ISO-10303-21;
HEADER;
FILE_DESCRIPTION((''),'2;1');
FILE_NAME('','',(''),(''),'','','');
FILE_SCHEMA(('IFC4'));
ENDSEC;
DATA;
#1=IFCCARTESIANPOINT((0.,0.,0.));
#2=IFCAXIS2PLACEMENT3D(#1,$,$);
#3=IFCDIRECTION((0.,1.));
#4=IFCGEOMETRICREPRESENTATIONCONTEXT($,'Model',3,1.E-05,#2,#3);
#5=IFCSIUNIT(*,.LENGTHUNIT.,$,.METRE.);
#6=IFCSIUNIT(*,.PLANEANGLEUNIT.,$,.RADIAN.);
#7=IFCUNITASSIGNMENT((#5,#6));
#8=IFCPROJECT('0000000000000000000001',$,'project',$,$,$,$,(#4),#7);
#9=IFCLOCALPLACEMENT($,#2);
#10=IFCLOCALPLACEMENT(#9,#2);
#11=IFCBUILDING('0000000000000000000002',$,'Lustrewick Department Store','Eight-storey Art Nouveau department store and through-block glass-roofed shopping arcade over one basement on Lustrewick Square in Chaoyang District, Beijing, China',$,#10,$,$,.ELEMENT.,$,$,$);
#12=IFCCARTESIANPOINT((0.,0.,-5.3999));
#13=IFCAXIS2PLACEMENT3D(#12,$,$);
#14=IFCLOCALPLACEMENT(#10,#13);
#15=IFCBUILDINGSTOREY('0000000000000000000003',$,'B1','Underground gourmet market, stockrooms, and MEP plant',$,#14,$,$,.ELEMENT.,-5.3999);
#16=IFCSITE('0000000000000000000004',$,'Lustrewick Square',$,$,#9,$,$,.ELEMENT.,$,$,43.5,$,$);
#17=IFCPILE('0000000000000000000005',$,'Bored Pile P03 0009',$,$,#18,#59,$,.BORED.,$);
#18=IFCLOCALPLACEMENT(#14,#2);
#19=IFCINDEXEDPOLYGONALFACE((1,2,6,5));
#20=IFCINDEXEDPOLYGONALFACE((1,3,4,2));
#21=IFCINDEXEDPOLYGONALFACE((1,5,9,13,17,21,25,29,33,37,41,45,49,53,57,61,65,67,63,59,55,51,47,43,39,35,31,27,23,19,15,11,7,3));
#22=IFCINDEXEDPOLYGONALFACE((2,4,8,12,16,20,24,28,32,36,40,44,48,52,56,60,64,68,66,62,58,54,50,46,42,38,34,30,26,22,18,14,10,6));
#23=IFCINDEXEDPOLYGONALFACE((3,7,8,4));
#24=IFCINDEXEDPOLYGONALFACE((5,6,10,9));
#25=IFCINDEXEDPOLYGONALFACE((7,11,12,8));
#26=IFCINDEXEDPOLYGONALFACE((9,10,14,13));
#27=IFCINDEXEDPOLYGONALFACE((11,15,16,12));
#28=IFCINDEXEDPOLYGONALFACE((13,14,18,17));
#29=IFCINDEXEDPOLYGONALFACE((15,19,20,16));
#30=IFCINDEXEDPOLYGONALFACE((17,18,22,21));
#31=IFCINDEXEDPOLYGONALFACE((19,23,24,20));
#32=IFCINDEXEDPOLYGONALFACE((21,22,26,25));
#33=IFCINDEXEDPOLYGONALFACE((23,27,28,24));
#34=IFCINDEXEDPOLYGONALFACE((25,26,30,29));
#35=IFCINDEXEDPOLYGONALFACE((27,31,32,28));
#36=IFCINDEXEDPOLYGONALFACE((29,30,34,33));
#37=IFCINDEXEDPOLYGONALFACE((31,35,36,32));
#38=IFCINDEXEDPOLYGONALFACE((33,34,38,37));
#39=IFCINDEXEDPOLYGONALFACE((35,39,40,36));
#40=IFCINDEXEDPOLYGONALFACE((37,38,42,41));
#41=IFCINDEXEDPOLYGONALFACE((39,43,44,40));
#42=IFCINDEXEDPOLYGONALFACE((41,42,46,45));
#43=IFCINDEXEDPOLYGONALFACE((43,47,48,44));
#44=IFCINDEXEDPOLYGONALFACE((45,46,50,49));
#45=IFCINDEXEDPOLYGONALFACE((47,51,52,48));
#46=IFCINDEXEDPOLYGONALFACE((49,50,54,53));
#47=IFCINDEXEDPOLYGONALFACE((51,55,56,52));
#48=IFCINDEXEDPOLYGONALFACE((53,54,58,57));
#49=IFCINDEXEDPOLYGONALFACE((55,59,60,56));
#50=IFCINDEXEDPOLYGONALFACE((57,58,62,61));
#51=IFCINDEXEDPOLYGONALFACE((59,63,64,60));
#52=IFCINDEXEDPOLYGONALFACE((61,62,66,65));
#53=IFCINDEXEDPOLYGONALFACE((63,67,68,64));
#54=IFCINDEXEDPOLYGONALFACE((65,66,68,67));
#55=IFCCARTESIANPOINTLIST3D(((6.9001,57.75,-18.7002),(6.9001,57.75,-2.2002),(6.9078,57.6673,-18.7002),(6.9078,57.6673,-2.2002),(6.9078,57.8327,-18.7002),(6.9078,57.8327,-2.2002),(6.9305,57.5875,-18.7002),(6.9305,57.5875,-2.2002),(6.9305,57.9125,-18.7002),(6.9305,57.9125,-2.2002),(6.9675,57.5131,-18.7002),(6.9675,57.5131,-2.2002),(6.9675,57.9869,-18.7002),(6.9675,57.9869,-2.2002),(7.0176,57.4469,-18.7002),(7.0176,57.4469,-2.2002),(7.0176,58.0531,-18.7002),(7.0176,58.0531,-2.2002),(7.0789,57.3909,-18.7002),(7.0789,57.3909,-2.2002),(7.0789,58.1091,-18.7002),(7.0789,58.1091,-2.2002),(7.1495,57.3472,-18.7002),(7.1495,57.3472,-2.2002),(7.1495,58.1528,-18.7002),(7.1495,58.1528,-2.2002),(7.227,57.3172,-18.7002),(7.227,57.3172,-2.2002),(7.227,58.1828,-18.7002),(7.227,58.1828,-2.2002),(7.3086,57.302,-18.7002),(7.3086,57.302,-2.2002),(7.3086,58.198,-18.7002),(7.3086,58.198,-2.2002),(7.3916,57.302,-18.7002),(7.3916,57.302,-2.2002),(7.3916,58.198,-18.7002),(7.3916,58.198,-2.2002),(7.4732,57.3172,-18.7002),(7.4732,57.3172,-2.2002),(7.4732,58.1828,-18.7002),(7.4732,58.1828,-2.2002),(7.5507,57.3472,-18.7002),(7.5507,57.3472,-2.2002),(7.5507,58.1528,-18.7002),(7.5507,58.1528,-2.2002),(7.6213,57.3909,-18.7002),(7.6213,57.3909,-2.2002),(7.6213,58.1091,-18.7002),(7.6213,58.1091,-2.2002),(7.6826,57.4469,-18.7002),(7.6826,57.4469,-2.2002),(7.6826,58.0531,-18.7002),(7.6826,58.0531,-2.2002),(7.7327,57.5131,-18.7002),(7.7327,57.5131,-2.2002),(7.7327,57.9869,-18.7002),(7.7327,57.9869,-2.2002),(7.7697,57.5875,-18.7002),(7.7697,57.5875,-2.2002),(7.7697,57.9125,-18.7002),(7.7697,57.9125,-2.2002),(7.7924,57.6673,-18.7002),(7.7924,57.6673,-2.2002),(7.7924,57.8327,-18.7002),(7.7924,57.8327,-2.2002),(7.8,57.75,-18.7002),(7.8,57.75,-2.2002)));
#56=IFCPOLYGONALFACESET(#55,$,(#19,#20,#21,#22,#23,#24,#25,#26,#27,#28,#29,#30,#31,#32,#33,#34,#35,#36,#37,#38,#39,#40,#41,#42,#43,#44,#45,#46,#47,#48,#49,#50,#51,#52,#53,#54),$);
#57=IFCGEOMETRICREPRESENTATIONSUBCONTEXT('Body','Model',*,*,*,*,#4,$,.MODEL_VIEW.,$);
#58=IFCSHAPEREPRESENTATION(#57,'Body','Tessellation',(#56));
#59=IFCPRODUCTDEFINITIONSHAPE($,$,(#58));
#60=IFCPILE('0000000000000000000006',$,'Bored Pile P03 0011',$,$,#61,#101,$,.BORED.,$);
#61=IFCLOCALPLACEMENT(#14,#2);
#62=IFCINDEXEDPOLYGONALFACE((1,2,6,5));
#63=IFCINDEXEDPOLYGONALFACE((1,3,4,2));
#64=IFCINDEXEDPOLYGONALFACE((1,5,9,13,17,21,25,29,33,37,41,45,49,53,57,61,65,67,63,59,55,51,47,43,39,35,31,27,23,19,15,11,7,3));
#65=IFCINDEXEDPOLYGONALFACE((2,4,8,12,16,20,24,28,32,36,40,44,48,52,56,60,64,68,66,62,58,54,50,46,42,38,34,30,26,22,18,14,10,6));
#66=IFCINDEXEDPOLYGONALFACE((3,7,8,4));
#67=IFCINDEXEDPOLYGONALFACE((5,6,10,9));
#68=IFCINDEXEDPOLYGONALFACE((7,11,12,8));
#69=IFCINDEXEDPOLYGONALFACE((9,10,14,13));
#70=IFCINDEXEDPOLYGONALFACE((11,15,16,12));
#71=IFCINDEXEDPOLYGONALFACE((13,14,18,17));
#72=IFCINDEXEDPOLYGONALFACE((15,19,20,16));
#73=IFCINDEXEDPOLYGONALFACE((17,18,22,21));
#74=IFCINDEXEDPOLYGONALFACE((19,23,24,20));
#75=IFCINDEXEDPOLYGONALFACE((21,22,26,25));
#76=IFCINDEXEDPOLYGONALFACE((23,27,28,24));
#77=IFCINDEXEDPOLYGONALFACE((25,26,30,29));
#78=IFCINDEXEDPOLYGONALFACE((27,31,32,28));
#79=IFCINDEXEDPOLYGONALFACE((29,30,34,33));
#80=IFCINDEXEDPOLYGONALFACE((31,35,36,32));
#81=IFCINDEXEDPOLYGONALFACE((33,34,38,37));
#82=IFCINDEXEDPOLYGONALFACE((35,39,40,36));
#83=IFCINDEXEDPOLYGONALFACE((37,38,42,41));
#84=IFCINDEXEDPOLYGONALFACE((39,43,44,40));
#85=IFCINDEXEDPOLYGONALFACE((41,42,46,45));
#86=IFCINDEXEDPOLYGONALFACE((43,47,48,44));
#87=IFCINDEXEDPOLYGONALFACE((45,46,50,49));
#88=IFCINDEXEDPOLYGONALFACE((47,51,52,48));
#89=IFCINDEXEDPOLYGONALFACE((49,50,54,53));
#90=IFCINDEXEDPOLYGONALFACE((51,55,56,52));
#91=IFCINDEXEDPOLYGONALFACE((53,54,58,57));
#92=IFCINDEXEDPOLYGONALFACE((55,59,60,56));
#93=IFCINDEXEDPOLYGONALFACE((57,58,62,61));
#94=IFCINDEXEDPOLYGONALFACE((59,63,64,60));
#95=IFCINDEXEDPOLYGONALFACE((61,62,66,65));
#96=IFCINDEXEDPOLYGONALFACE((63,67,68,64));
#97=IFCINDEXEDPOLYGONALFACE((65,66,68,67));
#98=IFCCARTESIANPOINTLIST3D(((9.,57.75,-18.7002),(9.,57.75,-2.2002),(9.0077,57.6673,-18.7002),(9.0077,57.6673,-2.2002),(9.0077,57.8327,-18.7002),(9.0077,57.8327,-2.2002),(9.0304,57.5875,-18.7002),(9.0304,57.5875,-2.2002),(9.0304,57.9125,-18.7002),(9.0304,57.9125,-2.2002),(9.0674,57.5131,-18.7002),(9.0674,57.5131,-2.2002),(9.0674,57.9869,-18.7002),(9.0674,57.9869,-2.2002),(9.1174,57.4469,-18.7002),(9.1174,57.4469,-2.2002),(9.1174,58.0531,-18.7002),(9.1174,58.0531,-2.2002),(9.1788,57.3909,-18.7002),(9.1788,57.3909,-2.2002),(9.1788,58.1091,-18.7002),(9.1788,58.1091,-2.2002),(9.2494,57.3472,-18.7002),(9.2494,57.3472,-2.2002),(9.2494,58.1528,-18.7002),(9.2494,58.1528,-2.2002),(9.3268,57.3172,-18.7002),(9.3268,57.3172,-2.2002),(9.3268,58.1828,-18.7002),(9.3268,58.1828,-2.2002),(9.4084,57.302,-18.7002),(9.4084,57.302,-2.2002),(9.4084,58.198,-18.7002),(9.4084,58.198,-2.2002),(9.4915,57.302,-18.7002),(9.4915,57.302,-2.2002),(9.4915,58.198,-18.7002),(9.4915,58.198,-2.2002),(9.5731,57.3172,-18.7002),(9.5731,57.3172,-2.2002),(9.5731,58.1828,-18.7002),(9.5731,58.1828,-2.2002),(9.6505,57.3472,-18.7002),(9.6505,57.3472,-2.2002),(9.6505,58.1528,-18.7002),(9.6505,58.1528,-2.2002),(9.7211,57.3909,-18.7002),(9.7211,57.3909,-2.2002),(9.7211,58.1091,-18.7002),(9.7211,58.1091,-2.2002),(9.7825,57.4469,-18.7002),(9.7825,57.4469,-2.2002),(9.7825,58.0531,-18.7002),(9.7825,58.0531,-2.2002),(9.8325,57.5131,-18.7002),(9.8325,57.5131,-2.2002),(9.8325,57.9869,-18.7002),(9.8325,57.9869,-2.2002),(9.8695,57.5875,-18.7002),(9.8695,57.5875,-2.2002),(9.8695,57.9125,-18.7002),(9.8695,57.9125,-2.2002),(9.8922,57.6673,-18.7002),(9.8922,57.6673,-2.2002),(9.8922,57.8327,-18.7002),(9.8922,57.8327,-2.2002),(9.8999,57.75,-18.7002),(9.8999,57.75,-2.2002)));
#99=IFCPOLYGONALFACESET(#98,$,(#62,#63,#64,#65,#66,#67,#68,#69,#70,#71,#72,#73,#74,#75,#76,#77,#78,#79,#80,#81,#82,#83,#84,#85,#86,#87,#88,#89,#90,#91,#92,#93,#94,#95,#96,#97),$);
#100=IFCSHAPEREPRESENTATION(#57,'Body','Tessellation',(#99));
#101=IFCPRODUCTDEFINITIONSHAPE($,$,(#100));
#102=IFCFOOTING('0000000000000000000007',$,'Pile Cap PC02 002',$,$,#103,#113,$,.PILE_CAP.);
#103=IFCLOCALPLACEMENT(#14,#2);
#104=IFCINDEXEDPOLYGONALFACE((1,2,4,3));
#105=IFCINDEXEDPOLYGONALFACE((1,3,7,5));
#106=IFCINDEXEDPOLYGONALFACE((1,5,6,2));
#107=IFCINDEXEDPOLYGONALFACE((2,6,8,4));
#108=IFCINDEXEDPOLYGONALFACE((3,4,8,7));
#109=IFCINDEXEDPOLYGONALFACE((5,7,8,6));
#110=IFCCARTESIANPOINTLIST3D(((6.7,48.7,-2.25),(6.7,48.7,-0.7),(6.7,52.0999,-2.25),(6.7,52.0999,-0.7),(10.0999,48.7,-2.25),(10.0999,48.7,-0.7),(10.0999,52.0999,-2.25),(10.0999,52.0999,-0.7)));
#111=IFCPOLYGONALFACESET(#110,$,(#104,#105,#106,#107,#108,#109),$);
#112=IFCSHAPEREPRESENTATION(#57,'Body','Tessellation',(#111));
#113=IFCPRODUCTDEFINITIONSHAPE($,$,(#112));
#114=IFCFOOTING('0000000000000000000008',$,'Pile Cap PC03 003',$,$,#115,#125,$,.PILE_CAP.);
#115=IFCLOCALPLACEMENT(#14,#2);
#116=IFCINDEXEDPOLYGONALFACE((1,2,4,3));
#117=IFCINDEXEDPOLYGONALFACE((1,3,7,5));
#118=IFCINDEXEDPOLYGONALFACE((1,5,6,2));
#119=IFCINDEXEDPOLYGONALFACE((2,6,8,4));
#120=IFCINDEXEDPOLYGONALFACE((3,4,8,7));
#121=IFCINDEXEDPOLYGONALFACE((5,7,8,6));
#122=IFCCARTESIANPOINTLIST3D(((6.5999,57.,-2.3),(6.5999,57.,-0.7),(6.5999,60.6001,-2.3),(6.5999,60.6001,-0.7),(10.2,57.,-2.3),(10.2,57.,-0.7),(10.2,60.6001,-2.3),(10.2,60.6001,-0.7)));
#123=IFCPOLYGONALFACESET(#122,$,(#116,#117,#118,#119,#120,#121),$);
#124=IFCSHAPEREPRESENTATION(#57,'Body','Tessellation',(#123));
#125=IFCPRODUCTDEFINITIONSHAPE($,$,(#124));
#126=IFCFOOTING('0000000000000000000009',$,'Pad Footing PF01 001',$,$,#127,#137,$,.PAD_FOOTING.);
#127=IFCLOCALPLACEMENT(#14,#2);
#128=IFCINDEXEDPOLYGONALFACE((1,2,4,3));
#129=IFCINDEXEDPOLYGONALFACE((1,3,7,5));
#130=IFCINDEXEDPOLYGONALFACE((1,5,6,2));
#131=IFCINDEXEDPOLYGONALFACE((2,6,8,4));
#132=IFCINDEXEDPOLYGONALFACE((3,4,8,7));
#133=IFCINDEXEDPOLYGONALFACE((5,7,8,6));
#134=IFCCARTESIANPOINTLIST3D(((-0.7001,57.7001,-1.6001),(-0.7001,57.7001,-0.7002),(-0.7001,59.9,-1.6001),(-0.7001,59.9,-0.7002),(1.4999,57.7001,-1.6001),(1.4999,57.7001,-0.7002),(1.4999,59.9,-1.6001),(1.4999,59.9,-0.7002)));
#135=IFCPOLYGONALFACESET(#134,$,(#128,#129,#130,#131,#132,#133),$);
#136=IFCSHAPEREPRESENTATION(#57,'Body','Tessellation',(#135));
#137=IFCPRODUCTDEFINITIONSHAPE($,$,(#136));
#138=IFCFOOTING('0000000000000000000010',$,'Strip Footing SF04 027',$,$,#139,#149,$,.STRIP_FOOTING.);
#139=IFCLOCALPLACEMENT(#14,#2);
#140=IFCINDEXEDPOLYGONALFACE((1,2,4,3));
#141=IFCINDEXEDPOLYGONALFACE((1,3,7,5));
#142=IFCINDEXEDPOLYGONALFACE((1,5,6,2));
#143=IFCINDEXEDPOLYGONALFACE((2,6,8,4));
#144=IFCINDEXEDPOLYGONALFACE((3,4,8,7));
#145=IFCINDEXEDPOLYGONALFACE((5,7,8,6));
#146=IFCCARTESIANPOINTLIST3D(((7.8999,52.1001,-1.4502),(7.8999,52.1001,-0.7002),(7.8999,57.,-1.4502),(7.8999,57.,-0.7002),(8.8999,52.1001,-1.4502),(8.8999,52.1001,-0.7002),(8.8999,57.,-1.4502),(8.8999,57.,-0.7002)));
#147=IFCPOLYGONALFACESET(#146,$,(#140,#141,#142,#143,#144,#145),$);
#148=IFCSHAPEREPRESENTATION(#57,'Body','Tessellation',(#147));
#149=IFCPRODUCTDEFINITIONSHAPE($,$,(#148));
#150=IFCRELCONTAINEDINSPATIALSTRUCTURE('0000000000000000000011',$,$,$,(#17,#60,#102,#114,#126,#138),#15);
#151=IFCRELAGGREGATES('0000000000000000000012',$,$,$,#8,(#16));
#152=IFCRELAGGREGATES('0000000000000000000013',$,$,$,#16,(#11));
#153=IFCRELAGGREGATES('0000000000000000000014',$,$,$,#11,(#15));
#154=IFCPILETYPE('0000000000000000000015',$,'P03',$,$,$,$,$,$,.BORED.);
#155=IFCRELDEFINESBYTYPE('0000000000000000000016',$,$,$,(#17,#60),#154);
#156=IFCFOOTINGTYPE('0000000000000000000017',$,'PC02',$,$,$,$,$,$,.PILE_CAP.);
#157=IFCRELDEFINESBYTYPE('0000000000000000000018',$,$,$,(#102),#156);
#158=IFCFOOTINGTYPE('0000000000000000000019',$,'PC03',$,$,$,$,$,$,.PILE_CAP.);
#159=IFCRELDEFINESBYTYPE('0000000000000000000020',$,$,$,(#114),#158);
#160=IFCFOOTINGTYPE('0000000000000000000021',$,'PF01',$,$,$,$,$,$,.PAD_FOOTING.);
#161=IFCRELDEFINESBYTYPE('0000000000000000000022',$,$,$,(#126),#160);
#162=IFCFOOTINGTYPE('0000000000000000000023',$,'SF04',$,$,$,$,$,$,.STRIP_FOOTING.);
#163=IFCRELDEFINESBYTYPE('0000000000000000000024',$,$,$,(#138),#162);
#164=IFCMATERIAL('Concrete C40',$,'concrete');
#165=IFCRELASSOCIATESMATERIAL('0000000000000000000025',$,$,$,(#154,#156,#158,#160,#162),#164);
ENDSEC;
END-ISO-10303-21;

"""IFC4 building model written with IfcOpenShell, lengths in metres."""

from ifc_helpers import new_model, si_unit, direction, frame, origin, origin_2d, place, context, subcontext, project, spatial, rectangle, circle, extrude, material, material_profile, profile_set, type_object, element, save


model = new_model("IFC4")

# Units and contexts
model_context = context("Model", 3, precision=1e-05, world=origin(), true_north=direction((0.0, 1.0)))
body_context = subcontext(model_context, "Body", "Model", "MODEL_VIEW")
ifc_project = project(units=[si_unit("LENGTHUNIT", "METRE"), si_unit("PLANEANGLEUNIT", "RADIAN")], contexts=[model_context])

# Site, building, storey
site_placement = place(None, origin())
site = spatial("IfcSite", under=ifc_project, at=site_placement, Name="Lustrewick Square", CompositionType="ELEMENT", RefElevation=43.5)
building_placement = place(site_placement, origin())
building = spatial("IfcBuilding", under=site, at=building_placement, Name="Lustrewick Department Store", Description="Eight-storey Art Nouveau department store and through-block glass-roofed shopping arcade over one basement on Lustrewick Square in Chaoyang District, Beijing, China", CompositionType="ELEMENT")
storey_placement = place(building_placement, frame((0.0, 0.0, -5.3999)))
storey = spatial("IfcBuildingStorey", under=building, at=storey_placement, Name="B1", Description="Underground gourmet market, stockrooms, and MEP plant", CompositionType="ELEMENT", Elevation=-5.3999)

# Piles
ifc_material_1 = material(Name="Concrete C40", Category="concrete")
ifc_material_profile_1 = material_profile(ifc_material_1, circle(Radius=0.45, at=origin_2d()), Name="PILE D900")
ifc_profile_set_1 = profile_set([ifc_material_profile_1], Name="Concrete C40")
pile_type_1 = type_object("IfcPileType", Name="P03", PredefinedType="BORED", material=ifc_profile_set_1)
for number, where, z_axis, x_axis, name in (
    (1, (7.3501, 57.75, -2.2002), (0.0, 0.0, -1.0), (1.0, 0.0, 0.0), "Bored Pile P03 0009"),
    (2, (9.45, 57.75, -2.2002), (0.0, 0.0, -1.0), (1.0, 0.0, 0.0), "Bored Pile P03 0011"),
):
    element("IfcPile", number, at=place(storey_placement, frame(where, z_axis=z_axis, x_axis=x_axis)), inside=storey, type_object=pile_type_1, Name=name, PredefinedType="BORED", context=body_context, shape_type="SweptSolid", body=[
        extrude(circle(Radius=0.45, at=origin_2d()), origin(), (0.0, 0.0, 1.0), 16.5),
    ])

# Footings
footing_type_1 = type_object("IfcFootingType", Name="PC02", PredefinedType="PILE_CAP", material=ifc_material_1)
footing_1_placement = place(storey_placement, frame((8.3999, 50.3999, -2.25), z_axis=(0.0, 0.0, 1.0), x_axis=(1.0, 0.0, 0.0)))
element("IfcFooting", 3, at=footing_1_placement, inside=storey, type_object=footing_type_1, Name="Pile Cap PC02 002", PredefinedType="PILE_CAP", context=body_context, shape_type="SweptSolid", body=[
    extrude(rectangle(XDim=3.3999, YDim=3.3999, at=origin_2d()), origin(), (0.0, 0.0, 1.0), 1.55),
])
footing_type_2 = type_object("IfcFootingType", Name="PC03", PredefinedType="PILE_CAP", material=ifc_material_1)
footing_2_placement = place(storey_placement, frame((8.3999, 58.8, -2.3), z_axis=(0.0, 0.0, 1.0), x_axis=(1.0, 0.0, 0.0)))
element("IfcFooting", 4, at=footing_2_placement, inside=storey, type_object=footing_type_2, Name="Pile Cap PC03 003", PredefinedType="PILE_CAP", context=body_context, shape_type="SweptSolid", body=[
    extrude(rectangle(XDim=3.6001, YDim=3.6001, at=origin_2d()), origin(), (0.0, 0.0, 1.0), 1.6001),
])
footing_type_3 = type_object("IfcFootingType", Name="PF01", PredefinedType="PAD_FOOTING", material=ifc_material_1)
footing_3_placement = place(storey_placement, frame((0.3999, 58.8, -1.6001), z_axis=(0.0, 0.0, 1.0), x_axis=(1.0, 0.0, 0.0)))
element("IfcFooting", 5, at=footing_3_placement, inside=storey, type_object=footing_type_3, Name="Pad Footing PF01 001", PredefinedType="PAD_FOOTING", context=body_context, shape_type="SweptSolid", body=[
    extrude(rectangle(XDim=2.2, YDim=2.2, at=origin_2d()), origin(), (0.0, 0.0, 1.0), 0.8999),
])
footing_type_4 = type_object("IfcFootingType", Name="SF04", PredefinedType="STRIP_FOOTING", material=ifc_material_1)
footing_4_placement = place(storey_placement, frame((8.3999, 54.55, -1.4502), z_axis=(0.0, 0.0, 1.0), x_axis=(0.0, 1.0, 0.0)))
element("IfcFooting", 6, at=footing_4_placement, inside=storey, type_object=footing_type_4, Name="Strip Footing SF04 027", PredefinedType="STRIP_FOOTING", context=body_context, shape_type="SweptSolid", body=[
    extrude(rectangle(XDim=4.8999, YDim=1.0, at=origin_2d()), origin(), (0.0, 0.0, 1.0), 0.75),
])

save(model, "model.ifc")
